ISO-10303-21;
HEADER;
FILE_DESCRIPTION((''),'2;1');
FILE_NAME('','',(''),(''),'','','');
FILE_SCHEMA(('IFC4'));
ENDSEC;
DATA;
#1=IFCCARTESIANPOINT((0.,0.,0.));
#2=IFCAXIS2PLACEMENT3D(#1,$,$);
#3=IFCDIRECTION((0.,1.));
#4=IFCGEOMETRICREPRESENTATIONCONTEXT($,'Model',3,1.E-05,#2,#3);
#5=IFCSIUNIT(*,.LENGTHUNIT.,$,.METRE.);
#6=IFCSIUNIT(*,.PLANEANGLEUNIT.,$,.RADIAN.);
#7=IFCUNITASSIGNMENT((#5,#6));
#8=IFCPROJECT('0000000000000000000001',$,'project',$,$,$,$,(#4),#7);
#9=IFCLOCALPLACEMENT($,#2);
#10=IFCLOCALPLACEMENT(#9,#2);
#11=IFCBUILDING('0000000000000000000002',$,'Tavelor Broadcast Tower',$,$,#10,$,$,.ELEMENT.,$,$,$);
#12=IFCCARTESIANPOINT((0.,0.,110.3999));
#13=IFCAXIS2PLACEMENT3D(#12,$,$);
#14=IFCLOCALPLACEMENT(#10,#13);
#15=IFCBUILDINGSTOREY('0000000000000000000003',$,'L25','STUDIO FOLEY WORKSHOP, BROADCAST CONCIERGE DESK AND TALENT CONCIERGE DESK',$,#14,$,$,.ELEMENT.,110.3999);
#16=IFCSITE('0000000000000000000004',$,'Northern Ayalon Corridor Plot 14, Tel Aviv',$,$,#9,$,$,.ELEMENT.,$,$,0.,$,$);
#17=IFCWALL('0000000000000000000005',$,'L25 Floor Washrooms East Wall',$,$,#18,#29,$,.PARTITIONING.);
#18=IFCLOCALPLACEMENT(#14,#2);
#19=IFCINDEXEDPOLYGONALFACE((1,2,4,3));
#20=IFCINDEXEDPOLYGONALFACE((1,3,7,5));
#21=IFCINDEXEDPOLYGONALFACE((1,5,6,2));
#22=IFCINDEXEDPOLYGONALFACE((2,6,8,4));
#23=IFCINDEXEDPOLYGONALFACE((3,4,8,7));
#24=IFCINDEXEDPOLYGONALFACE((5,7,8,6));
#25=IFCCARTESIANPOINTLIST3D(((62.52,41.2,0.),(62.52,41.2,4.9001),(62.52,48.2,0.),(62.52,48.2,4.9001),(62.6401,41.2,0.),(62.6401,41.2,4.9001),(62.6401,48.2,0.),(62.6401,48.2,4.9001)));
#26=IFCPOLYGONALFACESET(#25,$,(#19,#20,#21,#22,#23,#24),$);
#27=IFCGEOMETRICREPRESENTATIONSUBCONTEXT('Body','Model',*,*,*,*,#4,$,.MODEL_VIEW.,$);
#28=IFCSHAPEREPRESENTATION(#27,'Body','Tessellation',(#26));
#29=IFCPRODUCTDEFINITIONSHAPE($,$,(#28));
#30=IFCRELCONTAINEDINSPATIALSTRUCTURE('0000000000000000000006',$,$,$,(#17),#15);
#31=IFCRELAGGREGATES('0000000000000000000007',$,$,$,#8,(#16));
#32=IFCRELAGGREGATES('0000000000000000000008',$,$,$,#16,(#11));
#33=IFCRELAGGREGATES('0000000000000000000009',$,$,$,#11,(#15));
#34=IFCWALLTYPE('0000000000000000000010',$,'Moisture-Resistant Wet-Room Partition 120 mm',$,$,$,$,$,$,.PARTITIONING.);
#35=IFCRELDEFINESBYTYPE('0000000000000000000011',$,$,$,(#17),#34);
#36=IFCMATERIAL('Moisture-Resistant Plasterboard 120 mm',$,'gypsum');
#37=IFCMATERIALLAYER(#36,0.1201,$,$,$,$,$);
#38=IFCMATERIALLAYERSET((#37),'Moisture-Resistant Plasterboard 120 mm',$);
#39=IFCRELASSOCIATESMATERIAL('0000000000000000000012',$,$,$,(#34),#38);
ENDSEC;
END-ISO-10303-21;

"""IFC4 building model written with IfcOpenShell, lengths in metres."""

from ifc_helpers import new_model, si_unit, direction, frame, frame_2d, origin, place, context, subcontext, project, spatial, rectangle, extrude, material, layer, layer_set, type_object, element, save


model = new_model("IFC4")

# Units and contexts
model_context = context("Model", 3, precision=1e-05, world=origin(), true_north=direction((0.0, 1.0)))
body_context = subcontext(model_context, "Body", "Model", "MODEL_VIEW")
ifc_project = project(units=[si_unit("LENGTHUNIT", "METRE"), si_unit("PLANEANGLEUNIT", "RADIAN")], contexts=[model_context])

# Site, building, storey
site_placement = place(None, origin())
site = spatial("IfcSite", under=ifc_project, at=site_placement, Name="Northern Ayalon Corridor Plot 14, Tel Aviv", CompositionType="ELEMENT", RefElevation=0.0)
building_placement = place(site_placement, origin())
building = spatial("IfcBuilding", under=site, at=building_placement, Name="Tavelor Broadcast Tower", CompositionType="ELEMENT")
storey_placement = place(building_placement, frame((0.0, 0.0, 110.3999)))
storey = spatial("IfcBuildingStorey", under=building, at=storey_placement, Name="L25", Description="STUDIO FOLEY WORKSHOP, BROADCAST CONCIERGE DESK AND TALENT CONCIERGE DESK", CompositionType="ELEMENT", Elevation=110.3999)

# Shared definitions
ifc_material_1 = material(Name="Moisture-Resistant Plasterboard 120 mm", Category="gypsum")
ifc_layer_1 = layer(ifc_material_1, 0.1201)
ifc_layer_set_1 = layer_set([ifc_layer_1], Name="Moisture-Resistant Plasterboard 120 mm")
wall_type_1 = type_object("IfcWallType", Name="Moisture-Resistant Wet-Room Partition 120 mm", PredefinedType="PARTITIONING", material=ifc_layer_set_1)

# Wall
wall_1_placement = place(storey_placement, frame((62.5801, 41.2, 0.0), z_axis=(0.0, 0.0, 1.0), x_axis=(0.0, 1.0, 0.0)))
element("IfcWall", 1, at=wall_1_placement, inside=storey, type_object=wall_type_1, Name="L25 Floor Washrooms East Wall", PredefinedType="PARTITIONING", context=body_context, shape_type="SweptSolid", body=[
    extrude(rectangle(XDim=7.0, YDim=0.1201, at=frame_2d((3.5, 0.0))), origin(), (0.0, 0.0, 1.0), 4.9001),
])

save(model, "model.ifc")
